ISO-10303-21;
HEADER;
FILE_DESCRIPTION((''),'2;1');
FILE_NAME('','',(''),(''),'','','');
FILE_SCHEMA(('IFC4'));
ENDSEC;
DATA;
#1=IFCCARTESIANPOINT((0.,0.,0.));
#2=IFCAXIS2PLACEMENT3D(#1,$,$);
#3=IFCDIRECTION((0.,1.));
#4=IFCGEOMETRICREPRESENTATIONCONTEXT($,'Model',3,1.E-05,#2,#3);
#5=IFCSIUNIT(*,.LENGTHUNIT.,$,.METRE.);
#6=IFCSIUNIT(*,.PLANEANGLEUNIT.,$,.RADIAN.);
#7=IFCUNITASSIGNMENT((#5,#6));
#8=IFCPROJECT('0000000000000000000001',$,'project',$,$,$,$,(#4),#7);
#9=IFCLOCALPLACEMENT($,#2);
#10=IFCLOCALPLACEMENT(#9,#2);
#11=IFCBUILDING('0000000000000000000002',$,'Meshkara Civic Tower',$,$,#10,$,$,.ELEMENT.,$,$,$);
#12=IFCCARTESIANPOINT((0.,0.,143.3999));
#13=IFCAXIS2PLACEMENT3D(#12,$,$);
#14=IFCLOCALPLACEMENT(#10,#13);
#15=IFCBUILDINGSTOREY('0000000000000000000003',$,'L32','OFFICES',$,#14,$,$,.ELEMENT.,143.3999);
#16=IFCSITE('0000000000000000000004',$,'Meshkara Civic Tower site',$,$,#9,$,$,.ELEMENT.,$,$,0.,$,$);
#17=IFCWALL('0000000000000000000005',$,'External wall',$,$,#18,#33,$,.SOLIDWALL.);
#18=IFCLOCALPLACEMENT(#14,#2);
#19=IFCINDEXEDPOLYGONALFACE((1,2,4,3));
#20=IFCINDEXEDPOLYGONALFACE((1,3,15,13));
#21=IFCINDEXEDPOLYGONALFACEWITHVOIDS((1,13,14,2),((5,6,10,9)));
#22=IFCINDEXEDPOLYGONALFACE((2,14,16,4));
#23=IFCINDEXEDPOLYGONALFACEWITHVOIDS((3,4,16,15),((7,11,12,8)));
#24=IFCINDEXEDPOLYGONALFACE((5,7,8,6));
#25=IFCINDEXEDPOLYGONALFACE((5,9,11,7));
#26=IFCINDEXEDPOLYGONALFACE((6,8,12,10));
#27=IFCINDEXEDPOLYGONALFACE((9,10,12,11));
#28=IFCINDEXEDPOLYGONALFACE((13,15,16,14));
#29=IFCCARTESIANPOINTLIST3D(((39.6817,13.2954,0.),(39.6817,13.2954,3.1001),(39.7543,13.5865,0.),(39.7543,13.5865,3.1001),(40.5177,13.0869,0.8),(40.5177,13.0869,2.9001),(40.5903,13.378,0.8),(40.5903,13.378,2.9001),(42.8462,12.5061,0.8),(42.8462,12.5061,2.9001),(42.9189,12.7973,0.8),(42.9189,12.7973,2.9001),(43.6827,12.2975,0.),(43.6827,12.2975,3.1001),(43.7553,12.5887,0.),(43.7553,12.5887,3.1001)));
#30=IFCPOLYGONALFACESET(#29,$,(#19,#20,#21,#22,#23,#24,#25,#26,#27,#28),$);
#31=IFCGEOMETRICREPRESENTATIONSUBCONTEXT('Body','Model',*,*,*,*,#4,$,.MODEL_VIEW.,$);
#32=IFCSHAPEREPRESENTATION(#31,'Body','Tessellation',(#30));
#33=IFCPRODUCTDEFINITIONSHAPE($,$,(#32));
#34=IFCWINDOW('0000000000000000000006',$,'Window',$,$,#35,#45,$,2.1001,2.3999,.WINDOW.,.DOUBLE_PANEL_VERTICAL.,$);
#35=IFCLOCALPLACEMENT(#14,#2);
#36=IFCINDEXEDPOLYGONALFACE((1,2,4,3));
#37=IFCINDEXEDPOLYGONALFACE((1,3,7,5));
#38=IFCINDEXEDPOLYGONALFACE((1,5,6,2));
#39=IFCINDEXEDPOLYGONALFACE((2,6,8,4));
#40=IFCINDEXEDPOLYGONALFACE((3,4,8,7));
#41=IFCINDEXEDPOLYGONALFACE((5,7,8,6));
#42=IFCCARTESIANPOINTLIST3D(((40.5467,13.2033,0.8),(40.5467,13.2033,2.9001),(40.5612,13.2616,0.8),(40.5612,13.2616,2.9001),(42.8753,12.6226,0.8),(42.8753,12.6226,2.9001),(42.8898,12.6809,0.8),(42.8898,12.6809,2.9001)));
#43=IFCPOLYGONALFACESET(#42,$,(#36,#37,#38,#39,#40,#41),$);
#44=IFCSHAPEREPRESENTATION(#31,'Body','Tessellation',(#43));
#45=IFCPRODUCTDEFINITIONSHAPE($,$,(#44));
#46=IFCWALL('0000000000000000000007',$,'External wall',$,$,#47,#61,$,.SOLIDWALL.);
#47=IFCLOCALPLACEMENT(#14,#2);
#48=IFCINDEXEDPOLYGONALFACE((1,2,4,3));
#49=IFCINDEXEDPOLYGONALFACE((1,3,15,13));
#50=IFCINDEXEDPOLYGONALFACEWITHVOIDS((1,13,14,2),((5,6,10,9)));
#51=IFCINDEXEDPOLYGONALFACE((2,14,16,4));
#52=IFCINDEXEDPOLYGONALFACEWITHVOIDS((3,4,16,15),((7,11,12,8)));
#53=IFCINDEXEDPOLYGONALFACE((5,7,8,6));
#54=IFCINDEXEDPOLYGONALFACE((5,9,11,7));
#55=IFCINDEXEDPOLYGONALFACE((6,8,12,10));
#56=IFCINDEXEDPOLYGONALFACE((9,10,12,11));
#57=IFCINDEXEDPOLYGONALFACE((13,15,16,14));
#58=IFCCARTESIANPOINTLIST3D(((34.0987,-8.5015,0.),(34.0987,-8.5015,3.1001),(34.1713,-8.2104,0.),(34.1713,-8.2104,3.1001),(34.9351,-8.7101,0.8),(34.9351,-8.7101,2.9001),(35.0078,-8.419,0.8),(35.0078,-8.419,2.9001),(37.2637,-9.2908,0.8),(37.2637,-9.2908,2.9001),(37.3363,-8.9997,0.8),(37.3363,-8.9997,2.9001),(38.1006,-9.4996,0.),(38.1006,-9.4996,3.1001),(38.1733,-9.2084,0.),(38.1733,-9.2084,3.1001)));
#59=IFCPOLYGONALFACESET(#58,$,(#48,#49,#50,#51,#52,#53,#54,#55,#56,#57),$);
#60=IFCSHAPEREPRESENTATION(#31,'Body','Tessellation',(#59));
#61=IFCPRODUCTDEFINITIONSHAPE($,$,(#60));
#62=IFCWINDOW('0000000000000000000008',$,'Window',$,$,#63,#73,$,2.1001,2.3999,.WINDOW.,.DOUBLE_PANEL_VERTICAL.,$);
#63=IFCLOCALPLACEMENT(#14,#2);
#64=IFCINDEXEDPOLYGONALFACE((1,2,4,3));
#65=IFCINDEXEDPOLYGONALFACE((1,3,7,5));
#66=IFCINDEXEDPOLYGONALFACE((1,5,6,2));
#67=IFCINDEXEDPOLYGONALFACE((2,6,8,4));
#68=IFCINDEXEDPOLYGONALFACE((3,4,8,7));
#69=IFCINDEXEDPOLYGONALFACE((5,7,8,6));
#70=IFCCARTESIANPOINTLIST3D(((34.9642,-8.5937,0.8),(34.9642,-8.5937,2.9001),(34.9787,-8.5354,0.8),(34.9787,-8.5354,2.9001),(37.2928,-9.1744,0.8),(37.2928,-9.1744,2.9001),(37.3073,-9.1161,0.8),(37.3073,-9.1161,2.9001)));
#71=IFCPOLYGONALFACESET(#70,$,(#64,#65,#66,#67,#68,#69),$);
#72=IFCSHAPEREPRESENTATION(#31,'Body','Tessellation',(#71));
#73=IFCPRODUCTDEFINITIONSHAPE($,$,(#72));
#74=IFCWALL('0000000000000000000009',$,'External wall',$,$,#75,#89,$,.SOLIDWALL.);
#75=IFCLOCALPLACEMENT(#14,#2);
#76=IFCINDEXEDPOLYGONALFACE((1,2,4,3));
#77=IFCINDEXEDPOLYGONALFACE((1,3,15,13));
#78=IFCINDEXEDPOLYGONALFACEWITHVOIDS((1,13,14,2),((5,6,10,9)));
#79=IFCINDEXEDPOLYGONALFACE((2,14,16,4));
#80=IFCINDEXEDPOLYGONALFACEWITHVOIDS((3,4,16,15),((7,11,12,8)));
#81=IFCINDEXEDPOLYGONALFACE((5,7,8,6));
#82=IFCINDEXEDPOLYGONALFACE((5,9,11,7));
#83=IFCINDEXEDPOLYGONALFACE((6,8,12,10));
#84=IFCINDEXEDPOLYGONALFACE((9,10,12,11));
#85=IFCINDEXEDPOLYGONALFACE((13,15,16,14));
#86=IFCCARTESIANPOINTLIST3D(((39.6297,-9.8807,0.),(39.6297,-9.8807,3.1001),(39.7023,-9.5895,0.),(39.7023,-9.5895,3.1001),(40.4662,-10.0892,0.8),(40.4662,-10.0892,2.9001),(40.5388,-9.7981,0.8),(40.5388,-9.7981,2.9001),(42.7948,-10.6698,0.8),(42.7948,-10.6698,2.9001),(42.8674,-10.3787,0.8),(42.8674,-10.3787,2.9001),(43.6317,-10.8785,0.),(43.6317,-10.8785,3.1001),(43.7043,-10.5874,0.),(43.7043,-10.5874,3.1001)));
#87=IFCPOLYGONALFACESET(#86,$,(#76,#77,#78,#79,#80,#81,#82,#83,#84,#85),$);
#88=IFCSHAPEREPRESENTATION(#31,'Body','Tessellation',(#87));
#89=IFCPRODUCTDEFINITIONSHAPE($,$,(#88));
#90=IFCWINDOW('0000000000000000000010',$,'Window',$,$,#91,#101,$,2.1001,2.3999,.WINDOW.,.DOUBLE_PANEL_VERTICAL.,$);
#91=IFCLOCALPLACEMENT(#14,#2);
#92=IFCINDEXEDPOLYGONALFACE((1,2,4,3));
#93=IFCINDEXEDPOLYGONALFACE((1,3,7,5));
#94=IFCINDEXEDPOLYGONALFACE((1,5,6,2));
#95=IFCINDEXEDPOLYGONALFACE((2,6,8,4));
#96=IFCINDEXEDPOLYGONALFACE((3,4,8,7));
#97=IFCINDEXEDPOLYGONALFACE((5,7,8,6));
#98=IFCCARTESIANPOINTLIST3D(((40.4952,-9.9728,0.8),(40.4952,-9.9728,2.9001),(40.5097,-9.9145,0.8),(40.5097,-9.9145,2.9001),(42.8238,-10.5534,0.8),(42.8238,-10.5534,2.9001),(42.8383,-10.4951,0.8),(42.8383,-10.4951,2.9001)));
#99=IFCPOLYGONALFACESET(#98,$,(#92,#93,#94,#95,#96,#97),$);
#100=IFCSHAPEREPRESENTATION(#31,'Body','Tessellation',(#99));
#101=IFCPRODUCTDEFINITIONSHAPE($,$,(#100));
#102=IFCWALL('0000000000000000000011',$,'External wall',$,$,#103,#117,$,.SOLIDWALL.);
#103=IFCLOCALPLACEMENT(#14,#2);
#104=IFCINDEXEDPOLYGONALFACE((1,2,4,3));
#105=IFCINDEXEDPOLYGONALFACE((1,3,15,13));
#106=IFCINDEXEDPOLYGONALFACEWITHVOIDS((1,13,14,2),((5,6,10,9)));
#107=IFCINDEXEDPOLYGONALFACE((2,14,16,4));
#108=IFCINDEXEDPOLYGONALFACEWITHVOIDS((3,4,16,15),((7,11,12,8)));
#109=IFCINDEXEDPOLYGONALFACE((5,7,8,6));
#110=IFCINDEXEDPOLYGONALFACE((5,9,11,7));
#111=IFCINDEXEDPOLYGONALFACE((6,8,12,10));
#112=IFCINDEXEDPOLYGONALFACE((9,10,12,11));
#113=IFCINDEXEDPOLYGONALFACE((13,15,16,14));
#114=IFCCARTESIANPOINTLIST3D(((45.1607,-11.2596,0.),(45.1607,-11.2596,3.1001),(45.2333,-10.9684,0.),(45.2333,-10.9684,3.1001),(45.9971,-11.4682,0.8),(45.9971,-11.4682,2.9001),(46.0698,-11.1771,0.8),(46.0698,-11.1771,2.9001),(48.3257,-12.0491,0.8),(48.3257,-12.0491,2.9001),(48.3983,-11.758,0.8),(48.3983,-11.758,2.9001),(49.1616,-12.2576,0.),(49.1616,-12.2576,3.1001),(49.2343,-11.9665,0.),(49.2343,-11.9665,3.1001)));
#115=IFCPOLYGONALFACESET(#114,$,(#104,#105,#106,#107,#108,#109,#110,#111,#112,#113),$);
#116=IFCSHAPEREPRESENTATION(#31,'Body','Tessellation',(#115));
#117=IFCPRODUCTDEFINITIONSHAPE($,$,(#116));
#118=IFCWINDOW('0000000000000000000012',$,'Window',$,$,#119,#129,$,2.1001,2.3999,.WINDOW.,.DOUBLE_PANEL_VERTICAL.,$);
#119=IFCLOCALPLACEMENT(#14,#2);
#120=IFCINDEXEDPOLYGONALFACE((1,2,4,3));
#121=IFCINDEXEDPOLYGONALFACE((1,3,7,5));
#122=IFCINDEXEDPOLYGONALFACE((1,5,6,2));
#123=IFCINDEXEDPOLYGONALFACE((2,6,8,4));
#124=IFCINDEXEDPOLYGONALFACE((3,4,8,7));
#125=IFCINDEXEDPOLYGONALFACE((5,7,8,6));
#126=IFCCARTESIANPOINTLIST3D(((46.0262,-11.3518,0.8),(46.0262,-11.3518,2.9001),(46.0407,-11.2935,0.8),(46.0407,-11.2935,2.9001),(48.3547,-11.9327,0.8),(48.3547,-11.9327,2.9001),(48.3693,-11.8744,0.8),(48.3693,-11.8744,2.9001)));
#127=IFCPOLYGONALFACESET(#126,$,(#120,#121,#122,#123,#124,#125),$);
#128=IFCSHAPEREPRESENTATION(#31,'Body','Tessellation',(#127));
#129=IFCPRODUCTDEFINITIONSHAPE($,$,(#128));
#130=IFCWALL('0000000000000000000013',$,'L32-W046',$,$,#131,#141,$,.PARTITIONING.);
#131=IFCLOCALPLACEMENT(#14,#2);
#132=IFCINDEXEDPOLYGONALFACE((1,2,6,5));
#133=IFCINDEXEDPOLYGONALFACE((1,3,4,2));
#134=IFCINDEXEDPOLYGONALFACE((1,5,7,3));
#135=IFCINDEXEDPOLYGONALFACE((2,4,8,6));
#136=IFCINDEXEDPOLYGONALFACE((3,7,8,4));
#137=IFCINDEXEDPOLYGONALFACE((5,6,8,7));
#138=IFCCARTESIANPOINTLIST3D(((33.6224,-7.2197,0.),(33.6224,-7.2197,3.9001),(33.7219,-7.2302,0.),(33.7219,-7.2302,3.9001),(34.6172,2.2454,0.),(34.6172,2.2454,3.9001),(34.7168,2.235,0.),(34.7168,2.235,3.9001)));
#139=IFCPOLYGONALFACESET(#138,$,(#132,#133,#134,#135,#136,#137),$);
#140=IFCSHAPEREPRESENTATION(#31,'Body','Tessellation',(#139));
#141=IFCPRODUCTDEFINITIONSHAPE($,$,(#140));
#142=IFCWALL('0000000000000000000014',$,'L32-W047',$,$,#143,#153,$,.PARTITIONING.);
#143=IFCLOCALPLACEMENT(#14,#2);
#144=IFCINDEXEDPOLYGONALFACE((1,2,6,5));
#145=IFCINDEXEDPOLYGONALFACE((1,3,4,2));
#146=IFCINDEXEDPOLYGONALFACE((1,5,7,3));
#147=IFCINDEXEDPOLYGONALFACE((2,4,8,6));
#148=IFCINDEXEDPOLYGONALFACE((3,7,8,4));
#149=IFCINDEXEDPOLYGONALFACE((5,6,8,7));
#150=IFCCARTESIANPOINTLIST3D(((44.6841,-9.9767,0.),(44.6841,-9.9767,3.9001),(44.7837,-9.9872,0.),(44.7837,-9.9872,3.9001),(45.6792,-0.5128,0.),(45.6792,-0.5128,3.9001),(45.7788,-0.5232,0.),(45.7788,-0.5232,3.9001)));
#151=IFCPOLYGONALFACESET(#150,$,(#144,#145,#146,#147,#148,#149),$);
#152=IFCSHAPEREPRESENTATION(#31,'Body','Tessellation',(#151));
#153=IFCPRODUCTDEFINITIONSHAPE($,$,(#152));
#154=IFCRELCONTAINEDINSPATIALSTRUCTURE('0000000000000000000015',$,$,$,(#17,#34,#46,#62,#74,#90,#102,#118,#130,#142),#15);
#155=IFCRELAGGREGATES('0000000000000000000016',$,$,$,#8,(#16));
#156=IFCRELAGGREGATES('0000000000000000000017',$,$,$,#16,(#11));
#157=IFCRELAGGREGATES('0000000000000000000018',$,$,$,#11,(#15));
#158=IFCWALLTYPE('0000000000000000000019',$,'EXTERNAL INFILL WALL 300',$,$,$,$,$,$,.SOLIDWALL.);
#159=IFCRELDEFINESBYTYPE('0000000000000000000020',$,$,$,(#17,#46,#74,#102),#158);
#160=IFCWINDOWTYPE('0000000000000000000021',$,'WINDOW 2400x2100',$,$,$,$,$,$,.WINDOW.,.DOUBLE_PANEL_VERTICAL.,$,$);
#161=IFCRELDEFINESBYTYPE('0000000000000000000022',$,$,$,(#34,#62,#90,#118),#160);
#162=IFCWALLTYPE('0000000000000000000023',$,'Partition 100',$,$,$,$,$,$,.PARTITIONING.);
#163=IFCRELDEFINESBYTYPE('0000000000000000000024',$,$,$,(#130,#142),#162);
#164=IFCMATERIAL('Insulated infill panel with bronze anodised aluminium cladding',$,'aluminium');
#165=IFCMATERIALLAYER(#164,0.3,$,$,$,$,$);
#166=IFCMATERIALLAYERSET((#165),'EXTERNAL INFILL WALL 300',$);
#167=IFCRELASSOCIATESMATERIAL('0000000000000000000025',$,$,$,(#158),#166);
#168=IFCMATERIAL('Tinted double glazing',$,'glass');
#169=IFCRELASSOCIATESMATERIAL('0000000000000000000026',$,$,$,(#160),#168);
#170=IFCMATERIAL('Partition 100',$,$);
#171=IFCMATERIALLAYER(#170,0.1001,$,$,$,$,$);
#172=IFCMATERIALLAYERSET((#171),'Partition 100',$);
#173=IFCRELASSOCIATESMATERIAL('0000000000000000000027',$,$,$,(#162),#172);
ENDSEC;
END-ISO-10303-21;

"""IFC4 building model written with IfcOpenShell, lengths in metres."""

from ifc_helpers import new_model, si_unit, direction, frame, frame_2d, origin, place, context, subcontext, project, spatial, rectangle, extrude, material, layer, layer_set, type_object, element, fill, save


model = new_model("IFC4")

# Units and contexts
model_context = context("Model", 3, precision=1e-05, world=origin(), true_north=direction((0.0, 1.0)))
body_context = subcontext(model_context, "Body", "Model", "MODEL_VIEW")
ifc_project = project(units=[si_unit("LENGTHUNIT", "METRE"), si_unit("PLANEANGLEUNIT", "RADIAN")], contexts=[model_context])

# Site, building, storey
site_placement = place(None, origin())
site = spatial("IfcSite", under=ifc_project, at=site_placement, Name="Meshkara Civic Tower site", CompositionType="ELEMENT", RefElevation=0.0)
building_placement = place(site_placement, origin())
building = spatial("IfcBuilding", under=site, at=building_placement, Name="Meshkara Civic Tower", CompositionType="ELEMENT")
storey_placement = place(building_placement, frame((0.0, 0.0, 143.3999)))
storey = spatial("IfcBuildingStorey", under=building, at=storey_placement, Name="L32", Description="OFFICES", CompositionType="ELEMENT", Elevation=143.3999)

# Walls, openings, windows
ifc_material_1 = material(Name="Insulated infill panel with bronze anodised aluminium cladding", Category="aluminium")
ifc_layer_1 = layer(ifc_material_1, 0.3)
ifc_layer_set_1 = layer_set([ifc_layer_1], Name="EXTERNAL INFILL WALL 300")
wall_type_1 = type_object("IfcWallType", Name="EXTERNAL INFILL WALL 300", PredefinedType="SOLIDWALL", material=ifc_layer_set_1)
wall_1_placement = place(storey_placement, frame((43.719, 12.4431, 0.0), z_axis=(0.0, 0.0, 1.0), x_axis=(-0.970282, 0.241978, 0.0)))
wall_1 = element("IfcWall", 1, at=wall_1_placement, inside=storey, type_object=wall_type_1, Name="External wall", PredefinedType="SOLIDWALL", context=body_context, shape_type="SweptSolid", body=[
    extrude(rectangle(XDim=4.1235, YDim=0.3, at=frame_2d((2.0618, 0.0))), origin(), (0.0, 0.0, 1.0), 3.1001),
])
opening_1_placement = place(wall_1_placement, frame((0.8621, 0.0, 0.8)))
opening_1 = element("IfcOpeningElement", 2, at=opening_1_placement, cuts=wall_1, PredefinedType="OPENING", context=body_context, shape_type="SweptSolid", body=[
    extrude(rectangle(XDim=2.3999, YDim=2.1001, at=frame_2d((1.2, 1.05))), frame((0.0, 0.1599, 0.0), z_axis=(0.0, -1.0, 0.0), x_axis=(1.0, 0.0, 0.0)), (0.0, 0.0, 1.0), 0.3201),
])
ifc_material_2 = material(Name="Tinted double glazing", Category="glass")
window_type = type_object("IfcWindowType", Name="WINDOW 2400x2100", PartitioningType="DOUBLE_PANEL_VERTICAL", PredefinedType="WINDOW", material=ifc_material_2)
window_1_placement = place(opening_1_placement, origin())
window_1 = element("IfcWindow", 3, at=window_1_placement, inside=storey, type_object=window_type, Name="Window", OverallHeight=2.1001, OverallWidth=2.3999, PartitioningType="DOUBLE_PANEL_VERTICAL", PredefinedType="WINDOW", context=body_context, shape_type="SweptSolid", body=[
    extrude(rectangle(XDim=2.3999, YDim=2.1001, at=frame_2d((1.2, 1.05))), frame((0.0, 0.03, 0.0), z_axis=(0.0, -1.0, 0.0), x_axis=(1.0, 0.0, 0.0)), (0.0, 0.0, 1.0), 0.0601),
])
fill(opening_1, window_1)
wall_2_placement = place(storey_placement, frame((34.135, -8.356, 0.0), z_axis=(0.0, 0.0, 1.0), x_axis=(0.970282, -0.241978, 0.0)))
wall_2 = element("IfcWall", 4, at=wall_2_placement, inside=storey, type_object=wall_type_1, Name="External wall", PredefinedType="SOLIDWALL", context=body_context, shape_type="SweptSolid", body=[
    extrude(rectangle(XDim=4.1245, YDim=0.3, at=frame_2d((2.0623, 0.0))), origin(), (0.0, 0.0, 1.0), 3.1001),
])
opening_2_placement = place(wall_2_placement, frame((0.8621, 0.0, 0.8)))
opening_2 = element("IfcOpeningElement", 5, at=opening_2_placement, cuts=wall_2, PredefinedType="OPENING", context=body_context, shape_type="SweptSolid", body=[
    extrude(rectangle(XDim=2.3999, YDim=2.1001, at=frame_2d((1.2, 1.05))), frame((0.0, 0.1599, 0.0), z_axis=(0.0, -1.0, 0.0), x_axis=(1.0, 0.0, 0.0)), (0.0, 0.0, 1.0), 0.3201),
])
window_2_placement = place(opening_2_placement, origin())
window_2 = element("IfcWindow", 6, at=window_2_placement, inside=storey, type_object=window_type, Name="Window", OverallHeight=2.1001, OverallWidth=2.3999, PartitioningType="DOUBLE_PANEL_VERTICAL", PredefinedType="WINDOW", context=body_context, shape_type="SweptSolid", body=[
    extrude(rectangle(XDim=2.3999, YDim=2.1001, at=frame_2d((1.2, 1.05))), frame((0.0, 0.03, 0.0), z_axis=(0.0, -1.0, 0.0), x_axis=(1.0, 0.0, 0.0)), (0.0, 0.0, 1.0), 0.0601),
])
fill(opening_2, window_2)
wall_3_placement = place(storey_placement, frame((39.666, -9.7351, 0.0), z_axis=(0.0, 0.0, 1.0), x_axis=(0.970296, -0.241923, 0.0)))
wall_3 = element("IfcWall", 7, at=wall_3_placement, inside=storey, type_object=wall_type_1, Name="External wall", PredefinedType="SOLIDWALL", context=body_context, shape_type="SweptSolid", body=[
    extrude(rectangle(XDim=4.1245, YDim=0.3, at=frame_2d((2.0623, 0.0))), origin(), (0.0, 0.0, 1.0), 3.1001),
])
opening_3_placement = place(wall_3_placement, frame((0.8621, 0.0, 0.8)))
opening_3 = element("IfcOpeningElement", 8, at=opening_3_placement, cuts=wall_3, PredefinedType="OPENING", context=body_context, shape_type="SweptSolid", body=[
    extrude(rectangle(XDim=2.3999, YDim=2.1001, at=frame_2d((1.2, 1.05))), frame((0.0, 0.1599, 0.0), z_axis=(0.0, -1.0, 0.0), x_axis=(1.0, 0.0, 0.0)), (0.0, 0.0, 1.0), 0.3201),
])
window_3_placement = place(opening_3_placement, origin())
window_3 = element("IfcWindow", 9, at=window_3_placement, inside=storey, type_object=window_type, Name="Window", OverallHeight=2.1001, OverallWidth=2.3999, PartitioningType="DOUBLE_PANEL_VERTICAL", PredefinedType="WINDOW", context=body_context, shape_type="SweptSolid", body=[
    extrude(rectangle(XDim=2.3999, YDim=2.1001, at=frame_2d((1.2, 1.05))), frame((0.0, 0.03, 0.0), z_axis=(0.0, -1.0, 0.0), x_axis=(1.0, 0.0, 0.0)), (0.0, 0.0, 1.0), 0.0601),
])
fill(opening_3, window_3)
wall_4_placement = place(storey_placement, frame((45.197, -11.114, 0.0), z_axis=(0.0, 0.0, 1.0), x_axis=(0.970268, -0.242034, 0.0)))
wall_4 = element("IfcWall", 10, at=wall_4_placement, inside=storey, type_object=wall_type_1, Name="External wall", PredefinedType="SOLIDWALL", context=body_context, shape_type="SweptSolid", body=[
    extrude(rectangle(XDim=4.1235, YDim=0.3, at=frame_2d((2.0618, 0.0))), origin(), (0.0, 0.0, 1.0), 3.1001),
])
opening_4_placement = place(wall_4_placement, frame((0.8621, 0.0, 0.8)))
opening_4 = element("IfcOpeningElement", 11, at=opening_4_placement, cuts=wall_4, PredefinedType="OPENING", context=body_context, shape_type="SweptSolid", body=[
    extrude(rectangle(XDim=2.3999, YDim=2.1001, at=frame_2d((1.2, 1.05))), frame((0.0, 0.1599, 0.0), z_axis=(0.0, -1.0, 0.0), x_axis=(1.0, 0.0, 0.0)), (0.0, 0.0, 1.0), 0.3201),
])
window_4_placement = place(opening_4_placement, origin())
window_4 = element("IfcWindow", 12, at=window_4_placement, inside=storey, type_object=window_type, Name="Window", OverallHeight=2.1001, OverallWidth=2.3999, PartitioningType="DOUBLE_PANEL_VERTICAL", PredefinedType="WINDOW", context=body_context, shape_type="SweptSolid", body=[
    extrude(rectangle(XDim=2.3999, YDim=2.1001, at=frame_2d((1.2, 1.05))), frame((0.0, 0.03, 0.0), z_axis=(0.0, -1.0, 0.0), x_axis=(1.0, 0.0, 0.0)), (0.0, 0.0, 1.0), 0.0601),
])
fill(opening_4, window_4)

# Walls
ifc_material_3 = material(Name="Partition 100")
ifc_layer_2 = layer(ifc_material_3, 0.1001)
ifc_layer_set_2 = layer_set([ifc_layer_2], Name="Partition 100")
wall_type_2 = type_object("IfcWallType", Name="Partition 100", PredefinedType="PARTITIONING", material=ifc_layer_set_2)
wall_5_placement = place(storey_placement, frame((33.6721, -7.2251, 0.0), z_axis=(0.0, 0.0, 1.0), x_axis=(0.104534, 0.994521, 0.0)))
element("IfcWall", 13, at=wall_5_placement, inside=storey, type_object=wall_type_2, Name="L32-W046", PredefinedType="PARTITIONING", context=body_context, shape_type="SweptSolid", body=[
    extrude(rectangle(XDim=9.5173, YDim=0.1001, at=frame_2d((4.7588, 0.0))), origin(), (0.0, 0.0, 1.0), 3.9001),
])
wall_6_placement = place(storey_placement, frame((44.7339, -9.9819, 0.0), z_axis=(0.0, 0.0, 1.0), x_axis=(0.104573, 0.994517, 0.0)))
element("IfcWall", 14, at=wall_6_placement, inside=storey, type_object=wall_type_2, Name="L32-W047", PredefinedType="PARTITIONING", context=body_context, shape_type="SweptSolid", body=[
    extrude(rectangle(XDim=9.5161, YDim=0.1001, at=frame_2d((4.7581, 0.0))), origin(), (0.0, 0.0, 1.0), 3.9001),
])

save(model, "model.ifc")
